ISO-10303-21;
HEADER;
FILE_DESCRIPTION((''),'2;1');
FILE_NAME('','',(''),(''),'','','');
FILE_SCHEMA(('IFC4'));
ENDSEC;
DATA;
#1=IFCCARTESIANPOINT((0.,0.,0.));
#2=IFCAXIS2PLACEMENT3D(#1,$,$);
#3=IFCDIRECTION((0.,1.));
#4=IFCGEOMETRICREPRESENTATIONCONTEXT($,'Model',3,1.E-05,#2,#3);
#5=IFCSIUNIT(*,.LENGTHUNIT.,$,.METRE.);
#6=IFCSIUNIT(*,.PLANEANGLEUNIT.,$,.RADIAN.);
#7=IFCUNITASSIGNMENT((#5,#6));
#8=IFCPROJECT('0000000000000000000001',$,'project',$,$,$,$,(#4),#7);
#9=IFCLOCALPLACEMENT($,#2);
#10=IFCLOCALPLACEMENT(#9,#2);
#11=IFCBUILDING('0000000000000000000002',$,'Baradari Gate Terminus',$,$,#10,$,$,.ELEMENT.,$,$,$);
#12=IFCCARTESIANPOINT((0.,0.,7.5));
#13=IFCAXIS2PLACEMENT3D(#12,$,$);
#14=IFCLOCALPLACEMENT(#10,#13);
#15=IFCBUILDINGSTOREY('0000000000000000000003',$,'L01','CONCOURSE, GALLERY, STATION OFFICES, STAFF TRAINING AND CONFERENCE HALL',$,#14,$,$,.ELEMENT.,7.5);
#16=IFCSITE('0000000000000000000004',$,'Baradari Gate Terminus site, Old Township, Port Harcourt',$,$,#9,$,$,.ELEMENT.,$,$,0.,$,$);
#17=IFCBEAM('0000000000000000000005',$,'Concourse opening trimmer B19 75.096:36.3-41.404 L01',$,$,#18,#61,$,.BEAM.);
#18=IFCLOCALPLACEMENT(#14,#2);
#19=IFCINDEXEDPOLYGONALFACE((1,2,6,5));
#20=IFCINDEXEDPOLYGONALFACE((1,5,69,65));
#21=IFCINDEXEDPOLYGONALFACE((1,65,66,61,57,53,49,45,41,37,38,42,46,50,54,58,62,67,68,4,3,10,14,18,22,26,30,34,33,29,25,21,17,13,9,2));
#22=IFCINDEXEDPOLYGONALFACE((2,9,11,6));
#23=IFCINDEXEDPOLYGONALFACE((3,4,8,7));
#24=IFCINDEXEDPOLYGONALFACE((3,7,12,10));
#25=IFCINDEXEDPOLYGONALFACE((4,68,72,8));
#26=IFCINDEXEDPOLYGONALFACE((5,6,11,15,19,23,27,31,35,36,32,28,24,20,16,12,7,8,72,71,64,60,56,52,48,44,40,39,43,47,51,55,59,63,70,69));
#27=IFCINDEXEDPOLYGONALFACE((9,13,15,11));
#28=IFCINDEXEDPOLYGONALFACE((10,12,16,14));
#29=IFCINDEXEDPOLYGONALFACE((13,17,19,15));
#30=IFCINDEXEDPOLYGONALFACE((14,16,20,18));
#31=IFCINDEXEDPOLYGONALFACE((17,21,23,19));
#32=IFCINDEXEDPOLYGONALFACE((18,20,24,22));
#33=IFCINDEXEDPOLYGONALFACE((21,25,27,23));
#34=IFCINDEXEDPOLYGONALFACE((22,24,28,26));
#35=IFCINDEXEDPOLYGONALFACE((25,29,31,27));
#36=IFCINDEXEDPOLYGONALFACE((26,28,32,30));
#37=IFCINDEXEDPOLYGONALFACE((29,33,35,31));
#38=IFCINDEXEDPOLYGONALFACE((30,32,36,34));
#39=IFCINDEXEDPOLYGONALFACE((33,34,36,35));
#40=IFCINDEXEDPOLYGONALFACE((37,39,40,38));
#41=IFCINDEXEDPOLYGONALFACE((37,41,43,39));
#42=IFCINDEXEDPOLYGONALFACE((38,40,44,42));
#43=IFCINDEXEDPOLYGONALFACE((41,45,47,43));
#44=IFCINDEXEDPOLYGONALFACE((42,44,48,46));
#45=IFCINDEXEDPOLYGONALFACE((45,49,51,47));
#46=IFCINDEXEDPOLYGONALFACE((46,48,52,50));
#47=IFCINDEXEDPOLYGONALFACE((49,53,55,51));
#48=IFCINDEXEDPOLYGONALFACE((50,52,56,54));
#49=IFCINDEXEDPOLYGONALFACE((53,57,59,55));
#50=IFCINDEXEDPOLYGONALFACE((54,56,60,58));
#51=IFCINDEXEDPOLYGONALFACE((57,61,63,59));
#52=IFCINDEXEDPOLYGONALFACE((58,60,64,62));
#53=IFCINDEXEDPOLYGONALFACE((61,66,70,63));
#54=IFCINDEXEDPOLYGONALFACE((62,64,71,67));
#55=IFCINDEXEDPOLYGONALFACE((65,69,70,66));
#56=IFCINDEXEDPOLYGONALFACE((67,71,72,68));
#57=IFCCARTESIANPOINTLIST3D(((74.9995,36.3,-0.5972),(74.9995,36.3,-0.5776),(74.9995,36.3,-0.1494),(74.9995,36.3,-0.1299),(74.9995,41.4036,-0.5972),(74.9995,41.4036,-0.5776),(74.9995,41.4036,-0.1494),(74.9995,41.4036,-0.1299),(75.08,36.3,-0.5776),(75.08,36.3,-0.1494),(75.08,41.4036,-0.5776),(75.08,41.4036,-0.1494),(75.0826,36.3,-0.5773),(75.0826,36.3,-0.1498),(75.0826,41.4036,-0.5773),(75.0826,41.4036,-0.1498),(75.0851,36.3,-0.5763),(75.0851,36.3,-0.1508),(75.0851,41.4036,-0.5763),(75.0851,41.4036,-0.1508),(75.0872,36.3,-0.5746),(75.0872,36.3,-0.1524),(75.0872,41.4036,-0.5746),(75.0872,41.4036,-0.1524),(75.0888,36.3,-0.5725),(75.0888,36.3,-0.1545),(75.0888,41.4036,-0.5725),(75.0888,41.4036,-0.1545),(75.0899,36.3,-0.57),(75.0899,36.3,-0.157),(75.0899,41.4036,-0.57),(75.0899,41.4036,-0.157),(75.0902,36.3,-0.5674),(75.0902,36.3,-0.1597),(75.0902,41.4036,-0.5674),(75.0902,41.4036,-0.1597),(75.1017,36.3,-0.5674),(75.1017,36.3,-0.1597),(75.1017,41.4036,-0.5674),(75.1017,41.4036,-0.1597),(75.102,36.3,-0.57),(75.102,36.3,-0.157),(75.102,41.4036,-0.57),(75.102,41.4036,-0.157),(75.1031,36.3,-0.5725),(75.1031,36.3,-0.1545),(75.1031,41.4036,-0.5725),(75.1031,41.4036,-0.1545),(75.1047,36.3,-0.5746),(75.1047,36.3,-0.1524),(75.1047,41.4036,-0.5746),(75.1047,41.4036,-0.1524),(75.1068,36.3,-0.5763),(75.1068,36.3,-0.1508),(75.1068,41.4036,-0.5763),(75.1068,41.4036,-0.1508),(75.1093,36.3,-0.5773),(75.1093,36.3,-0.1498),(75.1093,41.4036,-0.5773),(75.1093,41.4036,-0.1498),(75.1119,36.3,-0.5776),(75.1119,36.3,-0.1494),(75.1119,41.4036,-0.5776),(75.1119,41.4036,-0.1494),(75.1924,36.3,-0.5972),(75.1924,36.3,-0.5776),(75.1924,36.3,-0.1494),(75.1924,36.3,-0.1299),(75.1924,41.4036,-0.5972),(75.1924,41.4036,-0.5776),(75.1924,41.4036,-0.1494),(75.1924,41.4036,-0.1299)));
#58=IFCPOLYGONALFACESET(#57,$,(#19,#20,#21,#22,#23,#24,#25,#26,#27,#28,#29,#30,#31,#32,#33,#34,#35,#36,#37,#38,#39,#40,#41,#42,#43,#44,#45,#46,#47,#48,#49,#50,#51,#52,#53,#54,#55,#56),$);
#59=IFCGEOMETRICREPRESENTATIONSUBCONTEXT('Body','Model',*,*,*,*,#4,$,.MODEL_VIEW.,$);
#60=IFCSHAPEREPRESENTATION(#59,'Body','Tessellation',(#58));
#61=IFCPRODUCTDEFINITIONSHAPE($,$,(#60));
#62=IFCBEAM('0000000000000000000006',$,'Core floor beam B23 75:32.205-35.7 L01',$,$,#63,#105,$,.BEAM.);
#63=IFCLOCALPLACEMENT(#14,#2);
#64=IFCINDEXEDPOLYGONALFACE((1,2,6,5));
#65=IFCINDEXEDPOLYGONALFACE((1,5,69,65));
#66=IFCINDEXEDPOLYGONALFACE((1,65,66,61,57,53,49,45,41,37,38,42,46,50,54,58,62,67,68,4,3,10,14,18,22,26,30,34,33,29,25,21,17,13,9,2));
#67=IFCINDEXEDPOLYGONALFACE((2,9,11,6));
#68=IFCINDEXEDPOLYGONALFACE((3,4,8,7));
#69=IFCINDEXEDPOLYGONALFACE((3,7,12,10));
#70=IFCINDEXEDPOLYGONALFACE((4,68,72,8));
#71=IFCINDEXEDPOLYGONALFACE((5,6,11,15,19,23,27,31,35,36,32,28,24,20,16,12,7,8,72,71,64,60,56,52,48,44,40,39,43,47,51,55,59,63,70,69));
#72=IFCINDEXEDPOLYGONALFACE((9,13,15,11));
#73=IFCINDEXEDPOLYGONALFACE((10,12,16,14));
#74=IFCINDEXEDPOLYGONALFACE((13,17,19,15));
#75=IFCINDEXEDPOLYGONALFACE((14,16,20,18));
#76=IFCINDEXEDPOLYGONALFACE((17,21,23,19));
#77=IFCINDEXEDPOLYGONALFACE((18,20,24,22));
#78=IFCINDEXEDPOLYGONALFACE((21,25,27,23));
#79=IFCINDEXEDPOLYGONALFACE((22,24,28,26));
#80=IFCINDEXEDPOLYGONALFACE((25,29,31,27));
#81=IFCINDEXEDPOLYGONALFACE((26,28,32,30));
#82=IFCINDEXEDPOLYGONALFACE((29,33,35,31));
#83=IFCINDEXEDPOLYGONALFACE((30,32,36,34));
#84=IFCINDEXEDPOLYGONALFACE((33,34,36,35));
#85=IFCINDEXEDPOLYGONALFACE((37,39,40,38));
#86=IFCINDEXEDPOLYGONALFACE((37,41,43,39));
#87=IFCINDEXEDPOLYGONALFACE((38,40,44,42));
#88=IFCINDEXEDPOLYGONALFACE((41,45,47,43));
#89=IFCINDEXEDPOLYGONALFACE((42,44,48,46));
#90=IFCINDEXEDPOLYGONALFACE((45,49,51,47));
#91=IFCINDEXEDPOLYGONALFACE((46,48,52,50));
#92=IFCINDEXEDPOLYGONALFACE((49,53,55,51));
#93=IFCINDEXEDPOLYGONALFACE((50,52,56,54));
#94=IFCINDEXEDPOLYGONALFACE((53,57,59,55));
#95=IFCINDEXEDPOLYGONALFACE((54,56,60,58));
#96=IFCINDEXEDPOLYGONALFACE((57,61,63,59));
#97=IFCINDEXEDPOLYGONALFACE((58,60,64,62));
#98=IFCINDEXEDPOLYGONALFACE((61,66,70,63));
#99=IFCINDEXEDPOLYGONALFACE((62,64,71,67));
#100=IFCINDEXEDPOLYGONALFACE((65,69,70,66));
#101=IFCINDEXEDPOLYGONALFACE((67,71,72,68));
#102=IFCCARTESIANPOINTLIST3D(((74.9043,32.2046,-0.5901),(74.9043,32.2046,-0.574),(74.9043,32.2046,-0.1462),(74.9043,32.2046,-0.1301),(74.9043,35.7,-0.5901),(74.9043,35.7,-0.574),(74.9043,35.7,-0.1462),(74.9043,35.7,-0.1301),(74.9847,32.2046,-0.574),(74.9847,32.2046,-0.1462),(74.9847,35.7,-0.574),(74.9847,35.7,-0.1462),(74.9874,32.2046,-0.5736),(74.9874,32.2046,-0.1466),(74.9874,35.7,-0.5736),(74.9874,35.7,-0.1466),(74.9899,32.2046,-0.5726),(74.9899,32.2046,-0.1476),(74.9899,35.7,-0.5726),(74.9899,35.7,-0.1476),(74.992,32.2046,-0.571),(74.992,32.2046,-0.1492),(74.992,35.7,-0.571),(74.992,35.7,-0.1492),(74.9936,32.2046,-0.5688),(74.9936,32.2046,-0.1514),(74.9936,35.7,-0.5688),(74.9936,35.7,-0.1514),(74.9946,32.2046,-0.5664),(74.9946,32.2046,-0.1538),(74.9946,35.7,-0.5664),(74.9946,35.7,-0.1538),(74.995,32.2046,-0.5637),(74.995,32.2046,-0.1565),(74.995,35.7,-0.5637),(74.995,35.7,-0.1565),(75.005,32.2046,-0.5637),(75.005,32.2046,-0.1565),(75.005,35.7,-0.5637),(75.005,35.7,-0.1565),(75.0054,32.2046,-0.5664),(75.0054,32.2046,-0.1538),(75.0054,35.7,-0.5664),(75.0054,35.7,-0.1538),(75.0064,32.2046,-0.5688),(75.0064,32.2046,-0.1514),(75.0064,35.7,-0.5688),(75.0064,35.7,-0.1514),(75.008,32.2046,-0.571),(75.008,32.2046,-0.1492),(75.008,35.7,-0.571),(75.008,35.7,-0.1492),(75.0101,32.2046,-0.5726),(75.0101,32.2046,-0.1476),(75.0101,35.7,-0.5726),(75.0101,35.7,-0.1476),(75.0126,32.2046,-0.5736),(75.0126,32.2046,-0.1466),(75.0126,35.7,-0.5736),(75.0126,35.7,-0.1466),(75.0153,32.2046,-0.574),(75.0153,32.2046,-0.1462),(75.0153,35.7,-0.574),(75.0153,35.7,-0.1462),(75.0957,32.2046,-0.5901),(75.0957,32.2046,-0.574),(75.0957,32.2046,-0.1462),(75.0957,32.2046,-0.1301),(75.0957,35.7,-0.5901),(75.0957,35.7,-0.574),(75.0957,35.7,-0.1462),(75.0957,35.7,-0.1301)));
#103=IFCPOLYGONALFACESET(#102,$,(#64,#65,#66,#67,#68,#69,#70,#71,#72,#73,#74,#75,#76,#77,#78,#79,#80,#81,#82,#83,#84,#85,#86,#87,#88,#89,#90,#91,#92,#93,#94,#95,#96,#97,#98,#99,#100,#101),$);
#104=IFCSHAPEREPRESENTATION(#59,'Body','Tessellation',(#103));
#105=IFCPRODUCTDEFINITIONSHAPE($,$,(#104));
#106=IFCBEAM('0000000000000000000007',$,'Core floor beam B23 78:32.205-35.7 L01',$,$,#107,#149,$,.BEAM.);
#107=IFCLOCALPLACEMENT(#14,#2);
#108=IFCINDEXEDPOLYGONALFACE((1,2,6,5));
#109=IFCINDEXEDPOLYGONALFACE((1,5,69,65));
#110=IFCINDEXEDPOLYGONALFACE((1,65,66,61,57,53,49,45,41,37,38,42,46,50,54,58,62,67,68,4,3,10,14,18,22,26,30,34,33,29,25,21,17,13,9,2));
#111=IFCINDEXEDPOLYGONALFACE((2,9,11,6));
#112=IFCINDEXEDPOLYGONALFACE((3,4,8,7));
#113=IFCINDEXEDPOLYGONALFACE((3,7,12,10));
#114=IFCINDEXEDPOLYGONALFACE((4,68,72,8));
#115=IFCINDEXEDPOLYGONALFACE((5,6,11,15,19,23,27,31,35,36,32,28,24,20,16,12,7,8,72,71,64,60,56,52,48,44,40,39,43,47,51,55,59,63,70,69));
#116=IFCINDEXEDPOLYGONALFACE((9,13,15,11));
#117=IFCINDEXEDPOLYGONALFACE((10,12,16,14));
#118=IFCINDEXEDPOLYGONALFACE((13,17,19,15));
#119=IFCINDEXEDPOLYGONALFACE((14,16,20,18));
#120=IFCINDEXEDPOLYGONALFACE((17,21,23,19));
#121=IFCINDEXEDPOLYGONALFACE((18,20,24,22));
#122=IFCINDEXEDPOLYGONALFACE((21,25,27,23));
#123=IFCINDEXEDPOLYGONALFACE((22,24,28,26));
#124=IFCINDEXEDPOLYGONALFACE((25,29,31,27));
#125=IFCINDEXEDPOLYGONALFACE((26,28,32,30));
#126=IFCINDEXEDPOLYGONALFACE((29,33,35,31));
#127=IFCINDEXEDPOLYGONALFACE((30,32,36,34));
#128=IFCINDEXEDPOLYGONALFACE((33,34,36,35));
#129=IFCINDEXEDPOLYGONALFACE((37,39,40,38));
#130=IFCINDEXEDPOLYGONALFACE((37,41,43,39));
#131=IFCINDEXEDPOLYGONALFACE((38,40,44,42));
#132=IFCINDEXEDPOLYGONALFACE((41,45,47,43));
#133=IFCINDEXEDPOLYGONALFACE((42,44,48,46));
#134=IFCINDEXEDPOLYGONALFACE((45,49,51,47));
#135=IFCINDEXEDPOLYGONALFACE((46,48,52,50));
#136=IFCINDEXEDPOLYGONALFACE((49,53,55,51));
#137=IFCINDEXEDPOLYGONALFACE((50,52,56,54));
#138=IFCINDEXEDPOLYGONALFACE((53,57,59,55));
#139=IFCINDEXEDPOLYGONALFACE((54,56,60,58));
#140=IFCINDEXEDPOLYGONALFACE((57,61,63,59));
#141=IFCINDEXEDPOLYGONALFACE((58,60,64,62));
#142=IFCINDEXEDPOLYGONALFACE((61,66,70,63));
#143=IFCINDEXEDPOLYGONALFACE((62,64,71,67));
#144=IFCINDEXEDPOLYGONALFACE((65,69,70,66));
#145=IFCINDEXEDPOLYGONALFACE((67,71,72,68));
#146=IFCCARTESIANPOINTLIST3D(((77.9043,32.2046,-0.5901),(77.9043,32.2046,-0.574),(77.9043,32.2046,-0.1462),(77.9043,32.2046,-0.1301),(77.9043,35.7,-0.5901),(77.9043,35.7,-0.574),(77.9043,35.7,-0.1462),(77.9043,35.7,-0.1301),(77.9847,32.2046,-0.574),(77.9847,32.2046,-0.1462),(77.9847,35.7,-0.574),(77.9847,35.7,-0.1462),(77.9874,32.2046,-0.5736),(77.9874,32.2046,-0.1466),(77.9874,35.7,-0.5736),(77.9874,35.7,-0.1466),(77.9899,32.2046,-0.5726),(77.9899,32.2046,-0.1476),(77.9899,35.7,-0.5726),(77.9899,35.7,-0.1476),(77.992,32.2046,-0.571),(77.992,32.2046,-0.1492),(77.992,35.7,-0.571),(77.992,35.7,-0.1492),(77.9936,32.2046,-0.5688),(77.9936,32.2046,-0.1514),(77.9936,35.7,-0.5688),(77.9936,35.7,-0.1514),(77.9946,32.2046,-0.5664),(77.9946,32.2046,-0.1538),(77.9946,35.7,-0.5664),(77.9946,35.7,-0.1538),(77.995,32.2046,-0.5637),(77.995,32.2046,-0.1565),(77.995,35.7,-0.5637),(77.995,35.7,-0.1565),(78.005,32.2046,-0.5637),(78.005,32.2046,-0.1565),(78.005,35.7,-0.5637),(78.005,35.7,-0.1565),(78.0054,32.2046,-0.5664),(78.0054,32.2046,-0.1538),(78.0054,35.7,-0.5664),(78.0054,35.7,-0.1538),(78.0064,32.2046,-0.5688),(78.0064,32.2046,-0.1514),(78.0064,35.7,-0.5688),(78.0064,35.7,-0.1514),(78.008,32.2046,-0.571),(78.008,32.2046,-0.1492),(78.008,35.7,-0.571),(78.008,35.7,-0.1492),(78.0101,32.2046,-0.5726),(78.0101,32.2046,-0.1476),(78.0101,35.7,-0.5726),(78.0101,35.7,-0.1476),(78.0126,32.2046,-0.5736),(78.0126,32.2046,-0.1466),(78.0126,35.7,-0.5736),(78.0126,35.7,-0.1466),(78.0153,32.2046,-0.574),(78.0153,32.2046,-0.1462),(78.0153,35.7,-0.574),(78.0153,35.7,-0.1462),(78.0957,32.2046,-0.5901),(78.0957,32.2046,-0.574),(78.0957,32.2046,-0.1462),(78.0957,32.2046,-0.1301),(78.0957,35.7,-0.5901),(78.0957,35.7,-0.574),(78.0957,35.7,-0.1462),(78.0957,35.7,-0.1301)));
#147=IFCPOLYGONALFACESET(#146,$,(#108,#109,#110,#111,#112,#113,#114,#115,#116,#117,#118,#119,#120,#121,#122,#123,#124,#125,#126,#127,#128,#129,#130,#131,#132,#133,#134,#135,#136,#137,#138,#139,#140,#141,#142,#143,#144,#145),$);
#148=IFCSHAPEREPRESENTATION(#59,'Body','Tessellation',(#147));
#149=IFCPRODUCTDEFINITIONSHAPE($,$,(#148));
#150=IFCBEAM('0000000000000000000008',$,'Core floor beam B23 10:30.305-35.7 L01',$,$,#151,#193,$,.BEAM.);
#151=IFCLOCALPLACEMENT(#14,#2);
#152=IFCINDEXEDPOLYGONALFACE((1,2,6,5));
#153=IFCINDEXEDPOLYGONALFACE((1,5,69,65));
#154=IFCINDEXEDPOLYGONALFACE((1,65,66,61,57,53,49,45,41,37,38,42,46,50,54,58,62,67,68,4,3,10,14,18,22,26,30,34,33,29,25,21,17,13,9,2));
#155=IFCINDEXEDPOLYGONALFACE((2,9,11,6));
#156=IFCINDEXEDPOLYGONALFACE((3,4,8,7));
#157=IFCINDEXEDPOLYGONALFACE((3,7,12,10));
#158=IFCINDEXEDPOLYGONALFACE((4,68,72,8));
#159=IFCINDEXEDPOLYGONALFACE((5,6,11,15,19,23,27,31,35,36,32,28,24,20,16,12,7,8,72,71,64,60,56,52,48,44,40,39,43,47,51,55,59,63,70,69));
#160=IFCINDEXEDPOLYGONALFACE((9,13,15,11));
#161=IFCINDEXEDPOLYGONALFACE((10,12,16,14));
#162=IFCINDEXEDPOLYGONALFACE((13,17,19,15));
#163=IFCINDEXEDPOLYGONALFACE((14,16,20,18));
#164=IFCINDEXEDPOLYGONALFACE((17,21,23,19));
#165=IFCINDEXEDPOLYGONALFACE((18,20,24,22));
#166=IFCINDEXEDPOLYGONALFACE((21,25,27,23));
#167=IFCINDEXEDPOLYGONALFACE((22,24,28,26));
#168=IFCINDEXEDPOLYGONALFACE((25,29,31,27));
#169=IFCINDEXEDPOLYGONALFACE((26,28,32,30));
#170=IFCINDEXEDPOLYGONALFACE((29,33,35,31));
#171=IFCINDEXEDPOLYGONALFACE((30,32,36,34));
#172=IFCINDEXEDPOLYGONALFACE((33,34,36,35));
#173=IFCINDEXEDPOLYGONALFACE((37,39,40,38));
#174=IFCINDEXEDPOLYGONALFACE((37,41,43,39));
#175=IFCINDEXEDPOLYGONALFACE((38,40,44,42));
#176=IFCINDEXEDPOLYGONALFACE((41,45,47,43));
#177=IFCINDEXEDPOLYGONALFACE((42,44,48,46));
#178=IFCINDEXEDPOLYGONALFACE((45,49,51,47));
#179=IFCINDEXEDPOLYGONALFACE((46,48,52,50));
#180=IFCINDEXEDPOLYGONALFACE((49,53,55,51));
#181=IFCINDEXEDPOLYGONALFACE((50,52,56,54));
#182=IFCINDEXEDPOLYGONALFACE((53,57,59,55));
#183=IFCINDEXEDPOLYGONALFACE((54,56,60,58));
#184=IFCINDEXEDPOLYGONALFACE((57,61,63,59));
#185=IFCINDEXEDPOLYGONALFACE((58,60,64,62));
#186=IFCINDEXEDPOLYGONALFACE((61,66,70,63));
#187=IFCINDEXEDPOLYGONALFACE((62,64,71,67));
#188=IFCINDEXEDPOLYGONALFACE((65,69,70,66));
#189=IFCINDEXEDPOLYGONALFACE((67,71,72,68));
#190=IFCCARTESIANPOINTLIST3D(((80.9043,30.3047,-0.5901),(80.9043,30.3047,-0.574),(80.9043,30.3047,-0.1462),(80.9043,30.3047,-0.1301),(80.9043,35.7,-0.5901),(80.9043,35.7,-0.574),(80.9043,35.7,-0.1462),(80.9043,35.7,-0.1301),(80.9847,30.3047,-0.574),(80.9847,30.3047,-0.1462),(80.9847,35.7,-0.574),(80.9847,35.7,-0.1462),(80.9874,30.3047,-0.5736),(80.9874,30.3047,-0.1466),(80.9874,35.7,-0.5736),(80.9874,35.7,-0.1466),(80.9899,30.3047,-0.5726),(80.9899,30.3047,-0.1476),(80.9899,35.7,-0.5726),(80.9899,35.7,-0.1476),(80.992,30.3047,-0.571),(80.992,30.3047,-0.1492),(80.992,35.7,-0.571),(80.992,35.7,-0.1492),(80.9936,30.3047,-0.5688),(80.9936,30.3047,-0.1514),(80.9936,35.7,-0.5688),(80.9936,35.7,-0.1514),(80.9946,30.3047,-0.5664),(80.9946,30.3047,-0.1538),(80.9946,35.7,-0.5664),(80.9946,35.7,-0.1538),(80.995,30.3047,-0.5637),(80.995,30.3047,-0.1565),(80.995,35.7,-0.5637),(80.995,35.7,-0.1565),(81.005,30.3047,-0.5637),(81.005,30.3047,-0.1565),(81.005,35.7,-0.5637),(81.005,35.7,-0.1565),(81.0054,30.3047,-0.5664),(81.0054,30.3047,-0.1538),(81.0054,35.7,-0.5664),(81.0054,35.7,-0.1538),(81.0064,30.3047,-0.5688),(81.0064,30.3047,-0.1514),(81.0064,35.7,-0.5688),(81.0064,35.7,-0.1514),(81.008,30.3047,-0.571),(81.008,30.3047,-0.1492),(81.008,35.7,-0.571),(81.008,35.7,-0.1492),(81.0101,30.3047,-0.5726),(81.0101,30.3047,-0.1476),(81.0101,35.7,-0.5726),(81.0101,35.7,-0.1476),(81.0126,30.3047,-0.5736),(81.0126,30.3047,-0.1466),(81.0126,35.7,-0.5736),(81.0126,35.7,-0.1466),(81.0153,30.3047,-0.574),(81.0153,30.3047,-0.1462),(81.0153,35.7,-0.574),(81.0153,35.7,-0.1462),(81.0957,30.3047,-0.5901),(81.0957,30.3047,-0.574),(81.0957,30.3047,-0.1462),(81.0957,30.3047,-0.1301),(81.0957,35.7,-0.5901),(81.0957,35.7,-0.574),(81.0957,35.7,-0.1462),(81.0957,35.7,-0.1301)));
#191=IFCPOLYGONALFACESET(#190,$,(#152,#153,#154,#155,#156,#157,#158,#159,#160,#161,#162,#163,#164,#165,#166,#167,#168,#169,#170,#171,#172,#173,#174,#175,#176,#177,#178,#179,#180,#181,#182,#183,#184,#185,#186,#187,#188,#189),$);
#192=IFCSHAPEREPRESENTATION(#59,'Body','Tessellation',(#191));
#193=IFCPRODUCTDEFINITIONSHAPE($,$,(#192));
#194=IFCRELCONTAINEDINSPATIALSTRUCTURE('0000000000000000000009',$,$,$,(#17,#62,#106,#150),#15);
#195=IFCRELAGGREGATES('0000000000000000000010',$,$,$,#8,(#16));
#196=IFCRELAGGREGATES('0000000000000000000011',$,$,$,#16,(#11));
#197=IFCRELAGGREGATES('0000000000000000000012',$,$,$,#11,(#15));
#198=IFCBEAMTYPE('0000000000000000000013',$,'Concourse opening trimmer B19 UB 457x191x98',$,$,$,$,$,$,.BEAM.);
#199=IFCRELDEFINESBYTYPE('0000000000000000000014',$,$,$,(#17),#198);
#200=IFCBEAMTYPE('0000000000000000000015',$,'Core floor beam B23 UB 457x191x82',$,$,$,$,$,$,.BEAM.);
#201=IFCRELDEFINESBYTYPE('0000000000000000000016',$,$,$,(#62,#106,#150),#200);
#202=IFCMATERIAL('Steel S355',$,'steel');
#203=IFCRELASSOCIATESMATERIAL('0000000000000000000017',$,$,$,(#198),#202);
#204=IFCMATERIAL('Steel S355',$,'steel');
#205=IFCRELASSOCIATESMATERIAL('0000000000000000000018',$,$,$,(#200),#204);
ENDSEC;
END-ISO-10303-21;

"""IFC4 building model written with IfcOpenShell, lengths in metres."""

from ifc_helpers import new_model, si_unit, direction, frame, origin, origin_2d, place, context, subcontext, project, spatial, i_section, extrude, material, material_profile, profile_set, type_object, element, save


model = new_model("IFC4")

# Units and contexts
model_context = context("Model", 3, precision=1e-05, world=origin(), true_north=direction((0.0, 1.0)))
body_context = subcontext(model_context, "Body", "Model", "MODEL_VIEW")
ifc_project = project(units=[si_unit("LENGTHUNIT", "METRE"), si_unit("PLANEANGLEUNIT", "RADIAN")], contexts=[model_context])

# Site, building, storey
site_placement = place(None, origin())
site = spatial("IfcSite", under=ifc_project, at=site_placement, Name="Baradari Gate Terminus site, Old Township, Port Harcourt", CompositionType="ELEMENT", RefElevation=0.0)
building_placement = place(site_placement, origin())
building = spatial("IfcBuilding", under=site, at=building_placement, Name="Baradari Gate Terminus", CompositionType="ELEMENT")
storey_placement = place(building_placement, frame((0.0, 0.0, 7.5)))
storey = spatial("IfcBuildingStorey", under=building, at=storey_placement, Name="L01", Description="CONCOURSE, GALLERY, STATION OFFICES, STAFF TRAINING AND CONFERENCE HALL", CompositionType="ELEMENT", Elevation=7.5)

# Beams
ifc_material_1 = material(Name="Steel S355", Category="steel")
ifc_material_profile_1 = material_profile(ifc_material_1, i_section(OverallWidth=0.1929, OverallDepth=0.4673, WebThickness=0.0115, FlangeThickness=0.0195, FilletRadius=0.0103, at=origin_2d()), Name="UB 457x191x98")
ifc_profile_set_1 = profile_set([ifc_material_profile_1], Name="Steel S355")
beam_type_1 = type_object("IfcBeamType", Name="Concourse opening trimmer B19 UB 457x191x98", PredefinedType="BEAM", material=ifc_profile_set_1)
beam_1_placement = place(storey_placement, frame((75.0959, 36.3, -0.3635), z_axis=(0.0, 1.0, 0.0), x_axis=(-1.0, 0.0, 0.0)))
element("IfcBeam", 1, at=beam_1_placement, inside=storey, type_object=beam_type_1, Name="Concourse opening trimmer B19 75.096:36.3-41.404 L01", PredefinedType="BEAM", context=body_context, shape_type="SweptSolid", body=[
    extrude(i_section(OverallWidth=0.1929, OverallDepth=0.4673, WebThickness=0.0115, FlangeThickness=0.0195, FilletRadius=0.0103, at=origin_2d()), origin(), (0.0, 0.0, 1.0), 5.1035),
])
ifc_material_2 = material(Name="Steel S355", Category="steel")
ifc_material_profile_2 = material_profile(ifc_material_2, i_section(OverallWidth=0.1914, OverallDepth=0.46, WebThickness=0.01, FlangeThickness=0.0161, FilletRadius=0.0103, at=origin_2d()), Name="UB 457x191x82")
ifc_profile_set_2 = profile_set([ifc_material_profile_2], Name="Steel S355")
beam_type_2 = type_object("IfcBeamType", Name="Core floor beam B23 UB 457x191x82", PredefinedType="BEAM", material=ifc_profile_set_2)
for number, where, z_axis, x_axis, name in (
    (2, (75.0, 32.2046, -0.3601), (0.0, 1.0, 0.0), (-1.0, 0.0, 0.0), "Core floor beam B23 75:32.205-35.7 L01"),
    (3, (78.0, 32.2046, -0.3601), (0.0, 1.0, 0.0), (-1.0, 0.0, 0.0), "Core floor beam B23 78:32.205-35.7 L01"),
):
    element("IfcBeam", number, at=place(storey_placement, frame(where, z_axis=z_axis, x_axis=x_axis)), inside=storey, type_object=beam_type_2, Name=name, PredefinedType="BEAM", context=body_context, shape_type="SweptSolid", body=[
        extrude(i_section(OverallWidth=0.1914, OverallDepth=0.46, WebThickness=0.01, FlangeThickness=0.0161, FilletRadius=0.0103, at=origin_2d()), origin(), (0.0, 0.0, 1.0), 3.4954),
    ])
beam_2_placement = place(storey_placement, frame((81.0, 30.3047, -0.3601), z_axis=(0.0, 1.0, 0.0), x_axis=(-1.0, 0.0, 0.0)))
element("IfcBeam", 4, at=beam_2_placement, inside=storey, type_object=beam_type_2, Name="Core floor beam B23 10:30.305-35.7 L01", PredefinedType="BEAM", context=body_context, shape_type="SweptSolid", body=[
    extrude(i_section(OverallWidth=0.1914, OverallDepth=0.46, WebThickness=0.01, FlangeThickness=0.0161, FilletRadius=0.0103, at=origin_2d()), origin(), (0.0, 0.0, 1.0), 5.3953),
])

save(model, "model.ifc")
